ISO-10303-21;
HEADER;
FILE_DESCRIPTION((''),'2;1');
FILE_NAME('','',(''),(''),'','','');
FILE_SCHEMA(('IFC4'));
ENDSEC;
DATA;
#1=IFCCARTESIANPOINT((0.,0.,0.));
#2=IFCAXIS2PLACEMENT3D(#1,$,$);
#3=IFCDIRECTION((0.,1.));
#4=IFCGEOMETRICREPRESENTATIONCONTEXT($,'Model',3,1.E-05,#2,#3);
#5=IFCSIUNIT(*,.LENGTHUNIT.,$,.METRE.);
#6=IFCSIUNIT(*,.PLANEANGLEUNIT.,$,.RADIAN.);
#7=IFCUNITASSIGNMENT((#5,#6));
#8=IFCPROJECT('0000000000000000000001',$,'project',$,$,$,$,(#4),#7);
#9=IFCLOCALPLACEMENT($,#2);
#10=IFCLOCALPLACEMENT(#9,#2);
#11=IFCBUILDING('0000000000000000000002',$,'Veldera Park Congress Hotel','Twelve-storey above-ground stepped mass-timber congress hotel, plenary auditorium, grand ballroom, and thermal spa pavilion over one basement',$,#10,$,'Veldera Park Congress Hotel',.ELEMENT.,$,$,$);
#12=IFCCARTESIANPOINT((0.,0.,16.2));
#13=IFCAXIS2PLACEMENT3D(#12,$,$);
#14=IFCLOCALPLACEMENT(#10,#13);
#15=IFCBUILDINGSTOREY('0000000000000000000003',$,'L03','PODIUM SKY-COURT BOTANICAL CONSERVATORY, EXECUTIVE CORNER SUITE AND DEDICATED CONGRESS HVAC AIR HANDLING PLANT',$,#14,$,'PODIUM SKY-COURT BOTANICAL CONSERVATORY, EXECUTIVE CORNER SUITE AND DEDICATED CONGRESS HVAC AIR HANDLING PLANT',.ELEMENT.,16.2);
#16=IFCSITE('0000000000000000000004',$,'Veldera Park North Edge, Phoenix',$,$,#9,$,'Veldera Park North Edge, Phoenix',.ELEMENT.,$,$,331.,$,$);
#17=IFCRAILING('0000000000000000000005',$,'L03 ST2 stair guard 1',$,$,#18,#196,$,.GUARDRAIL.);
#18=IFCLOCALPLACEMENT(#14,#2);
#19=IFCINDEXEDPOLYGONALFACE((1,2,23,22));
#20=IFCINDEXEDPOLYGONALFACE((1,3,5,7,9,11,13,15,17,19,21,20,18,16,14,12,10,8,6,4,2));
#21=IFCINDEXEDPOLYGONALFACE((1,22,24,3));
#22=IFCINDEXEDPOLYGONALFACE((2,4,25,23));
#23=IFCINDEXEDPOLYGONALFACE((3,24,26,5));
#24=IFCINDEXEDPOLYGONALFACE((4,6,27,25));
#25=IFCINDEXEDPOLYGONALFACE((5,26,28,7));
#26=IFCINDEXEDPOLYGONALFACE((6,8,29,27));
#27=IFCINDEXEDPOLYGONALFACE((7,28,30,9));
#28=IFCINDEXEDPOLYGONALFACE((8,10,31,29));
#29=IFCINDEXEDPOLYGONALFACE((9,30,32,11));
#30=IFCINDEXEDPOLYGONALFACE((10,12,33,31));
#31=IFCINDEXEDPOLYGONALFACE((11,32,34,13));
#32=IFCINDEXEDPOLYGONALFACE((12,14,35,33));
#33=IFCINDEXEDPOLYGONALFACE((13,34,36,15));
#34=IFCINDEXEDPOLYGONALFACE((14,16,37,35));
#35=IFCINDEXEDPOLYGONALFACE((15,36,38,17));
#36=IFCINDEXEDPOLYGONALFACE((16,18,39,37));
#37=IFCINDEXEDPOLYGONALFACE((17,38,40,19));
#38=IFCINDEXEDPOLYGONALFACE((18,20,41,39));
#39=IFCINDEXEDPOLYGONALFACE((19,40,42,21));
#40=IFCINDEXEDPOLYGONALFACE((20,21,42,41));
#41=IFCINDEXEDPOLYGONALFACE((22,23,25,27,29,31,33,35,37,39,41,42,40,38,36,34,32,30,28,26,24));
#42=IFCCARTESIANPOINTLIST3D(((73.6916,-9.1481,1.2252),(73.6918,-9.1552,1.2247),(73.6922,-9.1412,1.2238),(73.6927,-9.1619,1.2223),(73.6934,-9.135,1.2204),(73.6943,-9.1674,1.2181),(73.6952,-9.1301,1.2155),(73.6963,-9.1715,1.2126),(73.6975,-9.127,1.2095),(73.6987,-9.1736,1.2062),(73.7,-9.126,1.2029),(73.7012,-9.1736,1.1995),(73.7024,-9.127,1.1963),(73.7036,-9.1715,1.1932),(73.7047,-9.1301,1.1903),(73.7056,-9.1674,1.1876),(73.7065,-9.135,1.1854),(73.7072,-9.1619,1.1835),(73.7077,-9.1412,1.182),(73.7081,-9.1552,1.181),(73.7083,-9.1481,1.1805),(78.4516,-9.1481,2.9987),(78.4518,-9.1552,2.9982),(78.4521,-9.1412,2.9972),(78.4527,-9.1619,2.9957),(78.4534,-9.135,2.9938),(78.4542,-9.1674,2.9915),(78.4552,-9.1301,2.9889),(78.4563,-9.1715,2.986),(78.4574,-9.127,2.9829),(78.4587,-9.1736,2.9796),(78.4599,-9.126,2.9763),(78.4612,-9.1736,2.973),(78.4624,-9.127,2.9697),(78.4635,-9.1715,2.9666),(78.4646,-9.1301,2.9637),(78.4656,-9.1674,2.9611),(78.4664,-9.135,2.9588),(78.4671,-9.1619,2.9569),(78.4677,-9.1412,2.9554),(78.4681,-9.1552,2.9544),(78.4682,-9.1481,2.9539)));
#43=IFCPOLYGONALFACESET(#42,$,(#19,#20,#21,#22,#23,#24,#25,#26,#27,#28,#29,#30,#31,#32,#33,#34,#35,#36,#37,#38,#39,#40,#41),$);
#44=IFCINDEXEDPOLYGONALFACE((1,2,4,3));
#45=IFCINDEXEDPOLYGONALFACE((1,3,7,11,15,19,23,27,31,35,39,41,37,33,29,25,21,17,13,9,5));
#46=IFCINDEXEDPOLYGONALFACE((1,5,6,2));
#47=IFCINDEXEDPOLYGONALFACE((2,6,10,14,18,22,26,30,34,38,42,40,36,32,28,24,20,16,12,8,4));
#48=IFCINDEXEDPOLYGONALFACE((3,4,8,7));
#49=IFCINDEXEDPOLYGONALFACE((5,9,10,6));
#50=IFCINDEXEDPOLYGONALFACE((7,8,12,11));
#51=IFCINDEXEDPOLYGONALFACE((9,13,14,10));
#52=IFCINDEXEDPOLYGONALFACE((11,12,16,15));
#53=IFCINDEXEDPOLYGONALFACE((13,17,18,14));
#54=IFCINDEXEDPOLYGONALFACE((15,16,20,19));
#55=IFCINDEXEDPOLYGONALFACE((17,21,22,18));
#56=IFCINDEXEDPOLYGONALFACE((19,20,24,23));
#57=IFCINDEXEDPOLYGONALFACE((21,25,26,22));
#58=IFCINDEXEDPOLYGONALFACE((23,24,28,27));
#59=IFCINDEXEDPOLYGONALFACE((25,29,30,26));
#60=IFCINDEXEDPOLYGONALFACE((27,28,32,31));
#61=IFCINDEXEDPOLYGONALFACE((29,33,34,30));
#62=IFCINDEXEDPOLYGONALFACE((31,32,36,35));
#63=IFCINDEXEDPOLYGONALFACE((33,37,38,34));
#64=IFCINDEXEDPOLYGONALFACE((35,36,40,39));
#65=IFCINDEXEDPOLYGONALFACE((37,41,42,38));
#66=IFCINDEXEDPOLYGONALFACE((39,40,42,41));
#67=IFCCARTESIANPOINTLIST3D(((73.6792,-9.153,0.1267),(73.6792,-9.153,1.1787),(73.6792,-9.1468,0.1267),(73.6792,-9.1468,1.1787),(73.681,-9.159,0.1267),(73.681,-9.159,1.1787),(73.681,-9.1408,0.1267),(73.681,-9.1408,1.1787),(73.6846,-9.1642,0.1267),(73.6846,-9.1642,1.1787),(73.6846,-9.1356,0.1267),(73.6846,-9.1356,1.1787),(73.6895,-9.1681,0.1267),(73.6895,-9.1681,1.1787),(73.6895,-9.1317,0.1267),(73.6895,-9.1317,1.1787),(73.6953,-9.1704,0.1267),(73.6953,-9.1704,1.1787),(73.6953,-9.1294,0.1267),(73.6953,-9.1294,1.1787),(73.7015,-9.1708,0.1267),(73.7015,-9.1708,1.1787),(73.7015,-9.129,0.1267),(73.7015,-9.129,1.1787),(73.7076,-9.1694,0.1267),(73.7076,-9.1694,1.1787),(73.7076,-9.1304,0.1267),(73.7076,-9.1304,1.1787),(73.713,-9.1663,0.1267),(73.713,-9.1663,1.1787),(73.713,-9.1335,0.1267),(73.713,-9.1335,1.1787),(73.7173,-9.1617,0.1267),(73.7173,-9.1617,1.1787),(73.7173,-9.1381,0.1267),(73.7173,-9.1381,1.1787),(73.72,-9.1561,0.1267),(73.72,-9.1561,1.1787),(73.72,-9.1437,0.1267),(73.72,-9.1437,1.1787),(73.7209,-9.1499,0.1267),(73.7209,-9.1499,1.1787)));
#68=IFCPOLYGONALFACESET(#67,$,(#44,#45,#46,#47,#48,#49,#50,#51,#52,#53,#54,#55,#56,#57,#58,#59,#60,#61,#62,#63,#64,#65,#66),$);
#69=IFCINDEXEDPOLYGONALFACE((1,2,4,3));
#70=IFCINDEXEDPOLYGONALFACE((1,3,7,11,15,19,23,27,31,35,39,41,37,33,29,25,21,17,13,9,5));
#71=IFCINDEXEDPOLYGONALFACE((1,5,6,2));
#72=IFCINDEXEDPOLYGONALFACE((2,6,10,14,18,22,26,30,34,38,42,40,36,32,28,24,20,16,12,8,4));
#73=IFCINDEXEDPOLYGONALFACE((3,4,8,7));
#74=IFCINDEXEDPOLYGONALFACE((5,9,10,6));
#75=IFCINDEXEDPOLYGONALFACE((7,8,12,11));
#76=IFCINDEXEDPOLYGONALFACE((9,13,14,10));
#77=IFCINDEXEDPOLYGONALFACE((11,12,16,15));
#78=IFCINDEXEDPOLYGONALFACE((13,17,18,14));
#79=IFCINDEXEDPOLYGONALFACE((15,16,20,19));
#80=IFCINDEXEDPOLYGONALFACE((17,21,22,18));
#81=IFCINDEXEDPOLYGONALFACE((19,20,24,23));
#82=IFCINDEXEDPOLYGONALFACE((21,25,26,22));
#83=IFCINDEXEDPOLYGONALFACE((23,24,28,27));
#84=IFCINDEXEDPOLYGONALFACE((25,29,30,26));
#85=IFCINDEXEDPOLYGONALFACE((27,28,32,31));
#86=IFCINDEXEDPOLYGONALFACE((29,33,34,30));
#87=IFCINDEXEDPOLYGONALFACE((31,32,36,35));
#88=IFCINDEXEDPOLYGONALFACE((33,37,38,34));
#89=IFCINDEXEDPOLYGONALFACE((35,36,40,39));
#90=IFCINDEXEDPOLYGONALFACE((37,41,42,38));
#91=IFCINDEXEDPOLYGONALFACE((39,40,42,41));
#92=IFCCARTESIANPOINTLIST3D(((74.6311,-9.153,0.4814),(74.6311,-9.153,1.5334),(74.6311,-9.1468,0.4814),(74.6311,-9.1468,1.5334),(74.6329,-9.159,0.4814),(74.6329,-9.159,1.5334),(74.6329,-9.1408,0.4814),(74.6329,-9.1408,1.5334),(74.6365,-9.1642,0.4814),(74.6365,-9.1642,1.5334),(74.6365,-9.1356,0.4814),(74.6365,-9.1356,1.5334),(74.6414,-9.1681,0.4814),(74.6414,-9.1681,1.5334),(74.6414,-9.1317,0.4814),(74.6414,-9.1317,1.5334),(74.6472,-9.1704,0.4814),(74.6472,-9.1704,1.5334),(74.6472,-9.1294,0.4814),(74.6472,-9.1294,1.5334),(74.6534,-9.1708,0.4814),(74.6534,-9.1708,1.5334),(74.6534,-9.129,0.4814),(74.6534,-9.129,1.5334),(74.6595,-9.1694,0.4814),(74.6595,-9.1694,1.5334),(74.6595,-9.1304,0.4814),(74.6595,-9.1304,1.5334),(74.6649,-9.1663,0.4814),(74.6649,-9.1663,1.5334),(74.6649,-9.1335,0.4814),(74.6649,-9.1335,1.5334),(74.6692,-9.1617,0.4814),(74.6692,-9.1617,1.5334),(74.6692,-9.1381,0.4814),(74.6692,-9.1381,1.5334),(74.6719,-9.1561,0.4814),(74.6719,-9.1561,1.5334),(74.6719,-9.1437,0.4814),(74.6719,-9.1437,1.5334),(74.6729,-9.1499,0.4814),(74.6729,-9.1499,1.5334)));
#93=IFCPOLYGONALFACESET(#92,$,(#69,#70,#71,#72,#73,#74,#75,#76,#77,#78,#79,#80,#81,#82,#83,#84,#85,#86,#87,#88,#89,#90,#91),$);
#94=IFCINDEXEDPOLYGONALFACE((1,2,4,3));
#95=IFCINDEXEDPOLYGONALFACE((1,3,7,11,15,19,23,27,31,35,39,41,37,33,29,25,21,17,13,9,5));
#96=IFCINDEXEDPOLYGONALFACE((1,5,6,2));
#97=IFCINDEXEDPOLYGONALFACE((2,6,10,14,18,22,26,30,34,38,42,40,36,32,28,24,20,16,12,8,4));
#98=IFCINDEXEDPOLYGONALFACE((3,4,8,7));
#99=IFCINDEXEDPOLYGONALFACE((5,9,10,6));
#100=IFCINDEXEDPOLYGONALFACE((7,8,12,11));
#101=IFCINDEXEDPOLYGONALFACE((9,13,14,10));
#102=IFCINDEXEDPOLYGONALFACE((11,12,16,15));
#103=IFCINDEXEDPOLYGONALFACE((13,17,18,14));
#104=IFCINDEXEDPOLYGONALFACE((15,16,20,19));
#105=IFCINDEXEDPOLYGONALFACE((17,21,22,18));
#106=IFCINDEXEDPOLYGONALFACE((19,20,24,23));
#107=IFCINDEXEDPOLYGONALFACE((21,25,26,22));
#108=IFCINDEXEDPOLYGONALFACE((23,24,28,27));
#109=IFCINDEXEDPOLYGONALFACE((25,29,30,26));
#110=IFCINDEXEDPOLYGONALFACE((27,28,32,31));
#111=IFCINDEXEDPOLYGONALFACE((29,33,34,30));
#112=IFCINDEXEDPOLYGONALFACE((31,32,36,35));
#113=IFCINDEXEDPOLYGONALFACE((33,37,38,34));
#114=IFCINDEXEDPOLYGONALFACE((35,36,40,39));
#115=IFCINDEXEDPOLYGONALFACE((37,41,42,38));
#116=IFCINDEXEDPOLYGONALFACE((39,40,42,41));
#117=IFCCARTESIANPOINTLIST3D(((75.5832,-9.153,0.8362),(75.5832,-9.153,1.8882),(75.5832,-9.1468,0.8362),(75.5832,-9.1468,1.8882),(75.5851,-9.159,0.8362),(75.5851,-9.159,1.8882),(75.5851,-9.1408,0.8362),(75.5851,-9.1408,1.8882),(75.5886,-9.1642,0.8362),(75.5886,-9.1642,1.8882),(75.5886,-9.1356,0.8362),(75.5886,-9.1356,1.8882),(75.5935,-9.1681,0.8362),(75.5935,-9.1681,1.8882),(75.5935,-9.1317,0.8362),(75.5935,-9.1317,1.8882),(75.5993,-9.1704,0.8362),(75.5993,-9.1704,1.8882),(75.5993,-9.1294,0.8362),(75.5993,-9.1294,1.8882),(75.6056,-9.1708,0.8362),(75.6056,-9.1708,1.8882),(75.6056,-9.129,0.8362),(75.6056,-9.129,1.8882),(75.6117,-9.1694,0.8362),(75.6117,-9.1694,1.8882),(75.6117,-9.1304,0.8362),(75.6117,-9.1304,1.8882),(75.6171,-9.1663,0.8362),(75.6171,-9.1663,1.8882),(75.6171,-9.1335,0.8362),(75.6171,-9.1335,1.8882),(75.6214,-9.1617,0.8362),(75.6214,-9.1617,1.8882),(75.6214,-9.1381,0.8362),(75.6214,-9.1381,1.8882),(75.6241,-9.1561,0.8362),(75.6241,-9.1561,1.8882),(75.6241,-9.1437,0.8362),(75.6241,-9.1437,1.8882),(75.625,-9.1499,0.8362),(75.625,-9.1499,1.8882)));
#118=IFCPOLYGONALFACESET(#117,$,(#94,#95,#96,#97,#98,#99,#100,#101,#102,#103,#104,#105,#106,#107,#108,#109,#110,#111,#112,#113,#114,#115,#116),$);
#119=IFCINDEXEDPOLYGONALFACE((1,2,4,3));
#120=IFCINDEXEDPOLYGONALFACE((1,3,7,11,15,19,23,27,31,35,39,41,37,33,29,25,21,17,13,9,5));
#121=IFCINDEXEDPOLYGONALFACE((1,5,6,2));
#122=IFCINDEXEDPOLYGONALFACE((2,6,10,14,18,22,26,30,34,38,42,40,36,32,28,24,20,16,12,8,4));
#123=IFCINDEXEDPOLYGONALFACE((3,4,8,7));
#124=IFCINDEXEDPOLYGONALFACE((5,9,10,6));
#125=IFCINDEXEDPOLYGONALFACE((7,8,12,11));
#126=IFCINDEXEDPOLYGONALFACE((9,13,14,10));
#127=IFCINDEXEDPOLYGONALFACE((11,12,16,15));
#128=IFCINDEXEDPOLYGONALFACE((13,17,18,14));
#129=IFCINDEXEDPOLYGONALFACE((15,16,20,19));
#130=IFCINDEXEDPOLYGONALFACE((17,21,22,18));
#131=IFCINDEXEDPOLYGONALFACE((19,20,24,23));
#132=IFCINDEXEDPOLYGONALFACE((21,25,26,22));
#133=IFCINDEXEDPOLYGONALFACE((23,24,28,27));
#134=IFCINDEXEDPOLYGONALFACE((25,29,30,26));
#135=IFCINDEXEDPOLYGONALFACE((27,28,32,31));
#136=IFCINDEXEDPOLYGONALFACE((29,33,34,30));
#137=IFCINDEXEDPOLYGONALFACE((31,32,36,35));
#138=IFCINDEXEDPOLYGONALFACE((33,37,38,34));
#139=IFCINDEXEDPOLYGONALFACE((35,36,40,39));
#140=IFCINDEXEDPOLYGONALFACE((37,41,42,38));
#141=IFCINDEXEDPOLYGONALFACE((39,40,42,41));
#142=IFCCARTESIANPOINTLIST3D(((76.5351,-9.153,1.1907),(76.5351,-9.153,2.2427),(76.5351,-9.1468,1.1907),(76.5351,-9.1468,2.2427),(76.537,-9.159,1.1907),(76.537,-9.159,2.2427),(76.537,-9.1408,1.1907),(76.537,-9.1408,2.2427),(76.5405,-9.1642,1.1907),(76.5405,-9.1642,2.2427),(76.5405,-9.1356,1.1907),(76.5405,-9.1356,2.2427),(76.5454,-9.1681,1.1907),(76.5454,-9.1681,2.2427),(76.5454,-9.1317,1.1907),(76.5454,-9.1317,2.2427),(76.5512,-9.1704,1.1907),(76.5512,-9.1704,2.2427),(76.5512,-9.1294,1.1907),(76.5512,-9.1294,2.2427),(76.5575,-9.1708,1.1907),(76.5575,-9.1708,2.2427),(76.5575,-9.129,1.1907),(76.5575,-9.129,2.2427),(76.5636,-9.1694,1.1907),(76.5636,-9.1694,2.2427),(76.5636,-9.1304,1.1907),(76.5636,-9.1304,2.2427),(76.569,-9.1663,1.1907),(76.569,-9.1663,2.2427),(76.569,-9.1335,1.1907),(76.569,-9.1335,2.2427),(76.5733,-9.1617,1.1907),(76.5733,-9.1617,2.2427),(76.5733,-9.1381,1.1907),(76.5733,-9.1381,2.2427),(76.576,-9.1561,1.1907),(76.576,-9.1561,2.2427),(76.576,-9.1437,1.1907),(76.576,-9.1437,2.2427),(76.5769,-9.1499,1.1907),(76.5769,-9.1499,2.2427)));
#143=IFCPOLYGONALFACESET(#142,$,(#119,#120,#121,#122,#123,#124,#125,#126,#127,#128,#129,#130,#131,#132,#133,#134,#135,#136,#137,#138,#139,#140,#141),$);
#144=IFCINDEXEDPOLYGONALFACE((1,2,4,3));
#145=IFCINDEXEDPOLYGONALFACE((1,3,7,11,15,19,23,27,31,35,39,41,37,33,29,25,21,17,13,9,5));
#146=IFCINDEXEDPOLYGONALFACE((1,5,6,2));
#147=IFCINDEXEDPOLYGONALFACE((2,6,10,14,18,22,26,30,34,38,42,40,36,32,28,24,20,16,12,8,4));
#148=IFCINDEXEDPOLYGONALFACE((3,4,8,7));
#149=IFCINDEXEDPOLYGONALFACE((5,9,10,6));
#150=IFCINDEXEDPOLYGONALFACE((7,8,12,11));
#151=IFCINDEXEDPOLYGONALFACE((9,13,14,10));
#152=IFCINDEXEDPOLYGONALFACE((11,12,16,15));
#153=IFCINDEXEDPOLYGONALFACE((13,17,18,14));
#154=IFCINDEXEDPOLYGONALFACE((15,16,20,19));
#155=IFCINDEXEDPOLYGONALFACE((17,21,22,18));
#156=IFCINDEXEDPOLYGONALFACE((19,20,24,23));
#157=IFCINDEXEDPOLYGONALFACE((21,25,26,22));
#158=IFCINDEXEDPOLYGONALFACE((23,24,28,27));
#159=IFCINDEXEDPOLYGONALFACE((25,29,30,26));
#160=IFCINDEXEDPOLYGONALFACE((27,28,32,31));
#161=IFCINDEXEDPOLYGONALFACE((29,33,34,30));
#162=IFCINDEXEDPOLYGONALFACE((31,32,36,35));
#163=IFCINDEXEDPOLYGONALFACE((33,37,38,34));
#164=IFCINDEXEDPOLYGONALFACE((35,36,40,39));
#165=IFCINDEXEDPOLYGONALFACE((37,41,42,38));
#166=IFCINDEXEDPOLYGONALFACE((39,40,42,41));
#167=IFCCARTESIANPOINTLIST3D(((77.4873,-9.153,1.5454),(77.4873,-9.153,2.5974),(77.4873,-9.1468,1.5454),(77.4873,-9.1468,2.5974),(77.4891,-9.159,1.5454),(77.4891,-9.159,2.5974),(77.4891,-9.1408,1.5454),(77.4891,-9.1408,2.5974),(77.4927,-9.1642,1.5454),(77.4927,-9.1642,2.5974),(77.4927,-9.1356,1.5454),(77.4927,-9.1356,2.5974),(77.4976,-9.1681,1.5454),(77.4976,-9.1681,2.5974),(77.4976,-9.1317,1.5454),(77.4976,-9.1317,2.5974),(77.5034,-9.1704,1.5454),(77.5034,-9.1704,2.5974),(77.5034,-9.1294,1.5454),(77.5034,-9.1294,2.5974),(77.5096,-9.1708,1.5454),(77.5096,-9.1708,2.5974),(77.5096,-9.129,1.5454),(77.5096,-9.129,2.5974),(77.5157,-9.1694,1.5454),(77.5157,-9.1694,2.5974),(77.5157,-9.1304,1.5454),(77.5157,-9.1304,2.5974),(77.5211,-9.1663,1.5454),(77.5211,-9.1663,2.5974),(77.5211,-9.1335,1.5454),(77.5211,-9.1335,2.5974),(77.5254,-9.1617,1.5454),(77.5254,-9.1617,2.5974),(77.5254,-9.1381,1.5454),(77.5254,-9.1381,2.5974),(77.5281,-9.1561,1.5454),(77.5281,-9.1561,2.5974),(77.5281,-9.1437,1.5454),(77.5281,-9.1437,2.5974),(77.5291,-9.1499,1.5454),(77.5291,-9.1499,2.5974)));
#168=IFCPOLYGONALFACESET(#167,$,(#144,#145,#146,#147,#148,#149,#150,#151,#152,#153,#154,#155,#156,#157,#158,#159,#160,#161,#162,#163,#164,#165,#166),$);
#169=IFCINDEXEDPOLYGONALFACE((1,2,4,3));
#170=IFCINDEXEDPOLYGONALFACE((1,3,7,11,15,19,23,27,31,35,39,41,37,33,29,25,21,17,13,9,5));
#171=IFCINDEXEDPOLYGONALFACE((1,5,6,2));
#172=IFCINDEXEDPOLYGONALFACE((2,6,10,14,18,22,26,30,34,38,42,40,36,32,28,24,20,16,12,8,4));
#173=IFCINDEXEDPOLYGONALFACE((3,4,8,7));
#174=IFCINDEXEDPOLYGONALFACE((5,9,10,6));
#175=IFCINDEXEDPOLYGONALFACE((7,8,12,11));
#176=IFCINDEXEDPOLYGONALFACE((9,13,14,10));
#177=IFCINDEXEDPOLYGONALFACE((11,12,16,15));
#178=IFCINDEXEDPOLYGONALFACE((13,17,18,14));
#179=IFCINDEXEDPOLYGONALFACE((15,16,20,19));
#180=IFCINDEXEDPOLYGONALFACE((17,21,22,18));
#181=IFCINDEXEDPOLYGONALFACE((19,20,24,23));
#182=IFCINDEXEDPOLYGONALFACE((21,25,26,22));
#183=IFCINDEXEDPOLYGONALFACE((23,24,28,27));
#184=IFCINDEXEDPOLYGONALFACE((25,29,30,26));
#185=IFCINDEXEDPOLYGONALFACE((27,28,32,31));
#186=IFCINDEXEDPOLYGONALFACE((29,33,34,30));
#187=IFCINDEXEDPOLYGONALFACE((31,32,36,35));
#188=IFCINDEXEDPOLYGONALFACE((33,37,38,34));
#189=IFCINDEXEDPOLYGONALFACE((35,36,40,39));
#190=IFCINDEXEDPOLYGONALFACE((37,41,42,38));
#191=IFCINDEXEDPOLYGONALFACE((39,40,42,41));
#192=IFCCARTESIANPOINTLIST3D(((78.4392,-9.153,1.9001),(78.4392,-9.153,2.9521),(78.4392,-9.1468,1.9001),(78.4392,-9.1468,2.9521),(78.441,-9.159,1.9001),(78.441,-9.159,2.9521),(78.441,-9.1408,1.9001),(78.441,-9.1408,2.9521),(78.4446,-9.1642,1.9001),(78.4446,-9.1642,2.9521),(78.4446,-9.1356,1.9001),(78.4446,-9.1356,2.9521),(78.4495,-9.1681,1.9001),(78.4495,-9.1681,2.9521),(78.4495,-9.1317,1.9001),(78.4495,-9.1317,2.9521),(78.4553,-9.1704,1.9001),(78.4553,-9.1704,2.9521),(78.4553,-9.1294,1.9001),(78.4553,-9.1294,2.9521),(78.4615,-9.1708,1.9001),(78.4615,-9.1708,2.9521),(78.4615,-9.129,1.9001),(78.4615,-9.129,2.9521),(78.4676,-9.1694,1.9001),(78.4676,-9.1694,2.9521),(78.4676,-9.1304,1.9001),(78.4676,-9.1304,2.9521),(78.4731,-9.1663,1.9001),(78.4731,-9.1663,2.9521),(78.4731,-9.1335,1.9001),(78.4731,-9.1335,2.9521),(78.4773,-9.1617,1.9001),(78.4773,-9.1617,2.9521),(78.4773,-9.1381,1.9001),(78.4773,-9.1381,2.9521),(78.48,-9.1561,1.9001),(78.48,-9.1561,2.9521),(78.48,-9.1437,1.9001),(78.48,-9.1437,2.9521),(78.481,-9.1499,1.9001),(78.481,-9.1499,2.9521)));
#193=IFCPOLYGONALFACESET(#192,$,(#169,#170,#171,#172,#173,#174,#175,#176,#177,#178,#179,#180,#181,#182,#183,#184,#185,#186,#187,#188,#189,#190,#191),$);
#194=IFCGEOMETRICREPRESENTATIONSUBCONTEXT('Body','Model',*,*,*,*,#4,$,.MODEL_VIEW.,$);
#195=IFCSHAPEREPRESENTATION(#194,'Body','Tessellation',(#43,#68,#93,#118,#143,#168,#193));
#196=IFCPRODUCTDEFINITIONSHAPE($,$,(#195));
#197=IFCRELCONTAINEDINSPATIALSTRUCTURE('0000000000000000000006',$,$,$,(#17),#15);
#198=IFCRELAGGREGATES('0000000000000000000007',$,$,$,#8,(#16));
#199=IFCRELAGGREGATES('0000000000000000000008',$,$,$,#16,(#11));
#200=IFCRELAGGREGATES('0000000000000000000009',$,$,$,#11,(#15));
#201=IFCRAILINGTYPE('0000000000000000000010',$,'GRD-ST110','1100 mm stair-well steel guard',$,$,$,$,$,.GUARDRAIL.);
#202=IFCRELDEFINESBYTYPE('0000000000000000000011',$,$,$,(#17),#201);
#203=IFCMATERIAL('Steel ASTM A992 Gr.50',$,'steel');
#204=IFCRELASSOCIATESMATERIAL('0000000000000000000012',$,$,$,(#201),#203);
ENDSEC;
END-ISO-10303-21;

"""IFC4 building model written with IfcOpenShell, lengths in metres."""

from ifc_helpers import new_model, si_unit, direction, frame, origin, origin_2d, place, context, subcontext, project, spatial, circle, extrude, material, type_object, element, save


model = new_model("IFC4")

# Units and contexts
model_context = context("Model", 3, precision=1e-05, world=origin(), true_north=direction((0.0, 1.0)))
body_context = subcontext(model_context, "Body", "Model", "MODEL_VIEW")
ifc_project = project(units=[si_unit("LENGTHUNIT", "METRE"), si_unit("PLANEANGLEUNIT", "RADIAN")], contexts=[model_context])

# Site, building, storey
site_placement = place(None, origin())
site = spatial("IfcSite", under=ifc_project, at=site_placement, Name="Veldera Park North Edge, Phoenix", LongName="Veldera Park North Edge, Phoenix", CompositionType="ELEMENT", RefElevation=331.0)
building_placement = place(site_placement, origin())
building = spatial("IfcBuilding", under=site, at=building_placement, Name="Veldera Park Congress Hotel", Description="Twelve-storey above-ground stepped mass-timber congress hotel, plenary auditorium, grand ballroom, and thermal spa pavilion over one basement", LongName="Veldera Park Congress Hotel", CompositionType="ELEMENT")
storey_placement = place(building_placement, frame((0.0, 0.0, 16.2)))
storey = spatial("IfcBuildingStorey", under=building, at=storey_placement, Name="L03", Description="PODIUM SKY-COURT BOTANICAL CONSERVATORY, EXECUTIVE CORNER SUITE AND DEDICATED CONGRESS HVAC AIR HANDLING PLANT", LongName="PODIUM SKY-COURT BOTANICAL CONSERVATORY, EXECUTIVE CORNER SUITE AND DEDICATED CONGRESS HVAC AIR HANDLING PLANT", CompositionType="ELEMENT", Elevation=16.2)

# Railing
ifc_material_1 = material(Name="Steel ASTM A992 Gr.50", Category="steel")
railing_type_1 = type_object("IfcRailingType", Name="GRD-ST110", Description="1100 mm stair-well steel guard", PredefinedType="GUARDRAIL", material=ifc_material_1)
railing_1_placement = place(storey_placement, frame((73.7, -9.1499, 0.1267)))
element("IfcRailing", 1, at=railing_1_placement, inside=storey, type_object=railing_type_1, Name="L03 ST2 stair guard 1", PredefinedType="GUARDRAIL", context=body_context, shape_type="SweptSolid", body=[
    extrude(circle(Radius=0.0239, at=origin_2d()), frame((0.0, 0.0, 1.0762), z_axis=(0.937076, 0.0, 0.349126), x_axis=(0.0, 1.0, 0.0)), (0.0, 0.0, 1.0), 5.0796),
    extrude(circle(Radius=0.021, at=origin_2d()), origin(), (0.0, 0.0, 1.0), 1.052),
    extrude(circle(Radius=0.021, at=origin_2d()), frame((0.9519, 0.0, 0.3547)), (0.0, 0.0, 1.0), 1.052),
    extrude(circle(Radius=0.021, at=origin_2d()), frame((1.9041, 0.0, 0.7095)), (0.0, 0.0, 1.0), 1.052),
    extrude(circle(Radius=0.021, at=origin_2d()), frame((2.856, 0.0, 1.064)), (0.0, 0.0, 1.0), 1.052),
    extrude(circle(Radius=0.021, at=origin_2d()), frame((3.8081, 0.0, 1.4187)), (0.0, 0.0, 1.0), 1.052),
    extrude(circle(Radius=0.021, at=origin_2d()), frame((4.76, 0.0, 1.7734)), (0.0, 0.0, 1.0), 1.052),
])

save(model, "model.ifc")
